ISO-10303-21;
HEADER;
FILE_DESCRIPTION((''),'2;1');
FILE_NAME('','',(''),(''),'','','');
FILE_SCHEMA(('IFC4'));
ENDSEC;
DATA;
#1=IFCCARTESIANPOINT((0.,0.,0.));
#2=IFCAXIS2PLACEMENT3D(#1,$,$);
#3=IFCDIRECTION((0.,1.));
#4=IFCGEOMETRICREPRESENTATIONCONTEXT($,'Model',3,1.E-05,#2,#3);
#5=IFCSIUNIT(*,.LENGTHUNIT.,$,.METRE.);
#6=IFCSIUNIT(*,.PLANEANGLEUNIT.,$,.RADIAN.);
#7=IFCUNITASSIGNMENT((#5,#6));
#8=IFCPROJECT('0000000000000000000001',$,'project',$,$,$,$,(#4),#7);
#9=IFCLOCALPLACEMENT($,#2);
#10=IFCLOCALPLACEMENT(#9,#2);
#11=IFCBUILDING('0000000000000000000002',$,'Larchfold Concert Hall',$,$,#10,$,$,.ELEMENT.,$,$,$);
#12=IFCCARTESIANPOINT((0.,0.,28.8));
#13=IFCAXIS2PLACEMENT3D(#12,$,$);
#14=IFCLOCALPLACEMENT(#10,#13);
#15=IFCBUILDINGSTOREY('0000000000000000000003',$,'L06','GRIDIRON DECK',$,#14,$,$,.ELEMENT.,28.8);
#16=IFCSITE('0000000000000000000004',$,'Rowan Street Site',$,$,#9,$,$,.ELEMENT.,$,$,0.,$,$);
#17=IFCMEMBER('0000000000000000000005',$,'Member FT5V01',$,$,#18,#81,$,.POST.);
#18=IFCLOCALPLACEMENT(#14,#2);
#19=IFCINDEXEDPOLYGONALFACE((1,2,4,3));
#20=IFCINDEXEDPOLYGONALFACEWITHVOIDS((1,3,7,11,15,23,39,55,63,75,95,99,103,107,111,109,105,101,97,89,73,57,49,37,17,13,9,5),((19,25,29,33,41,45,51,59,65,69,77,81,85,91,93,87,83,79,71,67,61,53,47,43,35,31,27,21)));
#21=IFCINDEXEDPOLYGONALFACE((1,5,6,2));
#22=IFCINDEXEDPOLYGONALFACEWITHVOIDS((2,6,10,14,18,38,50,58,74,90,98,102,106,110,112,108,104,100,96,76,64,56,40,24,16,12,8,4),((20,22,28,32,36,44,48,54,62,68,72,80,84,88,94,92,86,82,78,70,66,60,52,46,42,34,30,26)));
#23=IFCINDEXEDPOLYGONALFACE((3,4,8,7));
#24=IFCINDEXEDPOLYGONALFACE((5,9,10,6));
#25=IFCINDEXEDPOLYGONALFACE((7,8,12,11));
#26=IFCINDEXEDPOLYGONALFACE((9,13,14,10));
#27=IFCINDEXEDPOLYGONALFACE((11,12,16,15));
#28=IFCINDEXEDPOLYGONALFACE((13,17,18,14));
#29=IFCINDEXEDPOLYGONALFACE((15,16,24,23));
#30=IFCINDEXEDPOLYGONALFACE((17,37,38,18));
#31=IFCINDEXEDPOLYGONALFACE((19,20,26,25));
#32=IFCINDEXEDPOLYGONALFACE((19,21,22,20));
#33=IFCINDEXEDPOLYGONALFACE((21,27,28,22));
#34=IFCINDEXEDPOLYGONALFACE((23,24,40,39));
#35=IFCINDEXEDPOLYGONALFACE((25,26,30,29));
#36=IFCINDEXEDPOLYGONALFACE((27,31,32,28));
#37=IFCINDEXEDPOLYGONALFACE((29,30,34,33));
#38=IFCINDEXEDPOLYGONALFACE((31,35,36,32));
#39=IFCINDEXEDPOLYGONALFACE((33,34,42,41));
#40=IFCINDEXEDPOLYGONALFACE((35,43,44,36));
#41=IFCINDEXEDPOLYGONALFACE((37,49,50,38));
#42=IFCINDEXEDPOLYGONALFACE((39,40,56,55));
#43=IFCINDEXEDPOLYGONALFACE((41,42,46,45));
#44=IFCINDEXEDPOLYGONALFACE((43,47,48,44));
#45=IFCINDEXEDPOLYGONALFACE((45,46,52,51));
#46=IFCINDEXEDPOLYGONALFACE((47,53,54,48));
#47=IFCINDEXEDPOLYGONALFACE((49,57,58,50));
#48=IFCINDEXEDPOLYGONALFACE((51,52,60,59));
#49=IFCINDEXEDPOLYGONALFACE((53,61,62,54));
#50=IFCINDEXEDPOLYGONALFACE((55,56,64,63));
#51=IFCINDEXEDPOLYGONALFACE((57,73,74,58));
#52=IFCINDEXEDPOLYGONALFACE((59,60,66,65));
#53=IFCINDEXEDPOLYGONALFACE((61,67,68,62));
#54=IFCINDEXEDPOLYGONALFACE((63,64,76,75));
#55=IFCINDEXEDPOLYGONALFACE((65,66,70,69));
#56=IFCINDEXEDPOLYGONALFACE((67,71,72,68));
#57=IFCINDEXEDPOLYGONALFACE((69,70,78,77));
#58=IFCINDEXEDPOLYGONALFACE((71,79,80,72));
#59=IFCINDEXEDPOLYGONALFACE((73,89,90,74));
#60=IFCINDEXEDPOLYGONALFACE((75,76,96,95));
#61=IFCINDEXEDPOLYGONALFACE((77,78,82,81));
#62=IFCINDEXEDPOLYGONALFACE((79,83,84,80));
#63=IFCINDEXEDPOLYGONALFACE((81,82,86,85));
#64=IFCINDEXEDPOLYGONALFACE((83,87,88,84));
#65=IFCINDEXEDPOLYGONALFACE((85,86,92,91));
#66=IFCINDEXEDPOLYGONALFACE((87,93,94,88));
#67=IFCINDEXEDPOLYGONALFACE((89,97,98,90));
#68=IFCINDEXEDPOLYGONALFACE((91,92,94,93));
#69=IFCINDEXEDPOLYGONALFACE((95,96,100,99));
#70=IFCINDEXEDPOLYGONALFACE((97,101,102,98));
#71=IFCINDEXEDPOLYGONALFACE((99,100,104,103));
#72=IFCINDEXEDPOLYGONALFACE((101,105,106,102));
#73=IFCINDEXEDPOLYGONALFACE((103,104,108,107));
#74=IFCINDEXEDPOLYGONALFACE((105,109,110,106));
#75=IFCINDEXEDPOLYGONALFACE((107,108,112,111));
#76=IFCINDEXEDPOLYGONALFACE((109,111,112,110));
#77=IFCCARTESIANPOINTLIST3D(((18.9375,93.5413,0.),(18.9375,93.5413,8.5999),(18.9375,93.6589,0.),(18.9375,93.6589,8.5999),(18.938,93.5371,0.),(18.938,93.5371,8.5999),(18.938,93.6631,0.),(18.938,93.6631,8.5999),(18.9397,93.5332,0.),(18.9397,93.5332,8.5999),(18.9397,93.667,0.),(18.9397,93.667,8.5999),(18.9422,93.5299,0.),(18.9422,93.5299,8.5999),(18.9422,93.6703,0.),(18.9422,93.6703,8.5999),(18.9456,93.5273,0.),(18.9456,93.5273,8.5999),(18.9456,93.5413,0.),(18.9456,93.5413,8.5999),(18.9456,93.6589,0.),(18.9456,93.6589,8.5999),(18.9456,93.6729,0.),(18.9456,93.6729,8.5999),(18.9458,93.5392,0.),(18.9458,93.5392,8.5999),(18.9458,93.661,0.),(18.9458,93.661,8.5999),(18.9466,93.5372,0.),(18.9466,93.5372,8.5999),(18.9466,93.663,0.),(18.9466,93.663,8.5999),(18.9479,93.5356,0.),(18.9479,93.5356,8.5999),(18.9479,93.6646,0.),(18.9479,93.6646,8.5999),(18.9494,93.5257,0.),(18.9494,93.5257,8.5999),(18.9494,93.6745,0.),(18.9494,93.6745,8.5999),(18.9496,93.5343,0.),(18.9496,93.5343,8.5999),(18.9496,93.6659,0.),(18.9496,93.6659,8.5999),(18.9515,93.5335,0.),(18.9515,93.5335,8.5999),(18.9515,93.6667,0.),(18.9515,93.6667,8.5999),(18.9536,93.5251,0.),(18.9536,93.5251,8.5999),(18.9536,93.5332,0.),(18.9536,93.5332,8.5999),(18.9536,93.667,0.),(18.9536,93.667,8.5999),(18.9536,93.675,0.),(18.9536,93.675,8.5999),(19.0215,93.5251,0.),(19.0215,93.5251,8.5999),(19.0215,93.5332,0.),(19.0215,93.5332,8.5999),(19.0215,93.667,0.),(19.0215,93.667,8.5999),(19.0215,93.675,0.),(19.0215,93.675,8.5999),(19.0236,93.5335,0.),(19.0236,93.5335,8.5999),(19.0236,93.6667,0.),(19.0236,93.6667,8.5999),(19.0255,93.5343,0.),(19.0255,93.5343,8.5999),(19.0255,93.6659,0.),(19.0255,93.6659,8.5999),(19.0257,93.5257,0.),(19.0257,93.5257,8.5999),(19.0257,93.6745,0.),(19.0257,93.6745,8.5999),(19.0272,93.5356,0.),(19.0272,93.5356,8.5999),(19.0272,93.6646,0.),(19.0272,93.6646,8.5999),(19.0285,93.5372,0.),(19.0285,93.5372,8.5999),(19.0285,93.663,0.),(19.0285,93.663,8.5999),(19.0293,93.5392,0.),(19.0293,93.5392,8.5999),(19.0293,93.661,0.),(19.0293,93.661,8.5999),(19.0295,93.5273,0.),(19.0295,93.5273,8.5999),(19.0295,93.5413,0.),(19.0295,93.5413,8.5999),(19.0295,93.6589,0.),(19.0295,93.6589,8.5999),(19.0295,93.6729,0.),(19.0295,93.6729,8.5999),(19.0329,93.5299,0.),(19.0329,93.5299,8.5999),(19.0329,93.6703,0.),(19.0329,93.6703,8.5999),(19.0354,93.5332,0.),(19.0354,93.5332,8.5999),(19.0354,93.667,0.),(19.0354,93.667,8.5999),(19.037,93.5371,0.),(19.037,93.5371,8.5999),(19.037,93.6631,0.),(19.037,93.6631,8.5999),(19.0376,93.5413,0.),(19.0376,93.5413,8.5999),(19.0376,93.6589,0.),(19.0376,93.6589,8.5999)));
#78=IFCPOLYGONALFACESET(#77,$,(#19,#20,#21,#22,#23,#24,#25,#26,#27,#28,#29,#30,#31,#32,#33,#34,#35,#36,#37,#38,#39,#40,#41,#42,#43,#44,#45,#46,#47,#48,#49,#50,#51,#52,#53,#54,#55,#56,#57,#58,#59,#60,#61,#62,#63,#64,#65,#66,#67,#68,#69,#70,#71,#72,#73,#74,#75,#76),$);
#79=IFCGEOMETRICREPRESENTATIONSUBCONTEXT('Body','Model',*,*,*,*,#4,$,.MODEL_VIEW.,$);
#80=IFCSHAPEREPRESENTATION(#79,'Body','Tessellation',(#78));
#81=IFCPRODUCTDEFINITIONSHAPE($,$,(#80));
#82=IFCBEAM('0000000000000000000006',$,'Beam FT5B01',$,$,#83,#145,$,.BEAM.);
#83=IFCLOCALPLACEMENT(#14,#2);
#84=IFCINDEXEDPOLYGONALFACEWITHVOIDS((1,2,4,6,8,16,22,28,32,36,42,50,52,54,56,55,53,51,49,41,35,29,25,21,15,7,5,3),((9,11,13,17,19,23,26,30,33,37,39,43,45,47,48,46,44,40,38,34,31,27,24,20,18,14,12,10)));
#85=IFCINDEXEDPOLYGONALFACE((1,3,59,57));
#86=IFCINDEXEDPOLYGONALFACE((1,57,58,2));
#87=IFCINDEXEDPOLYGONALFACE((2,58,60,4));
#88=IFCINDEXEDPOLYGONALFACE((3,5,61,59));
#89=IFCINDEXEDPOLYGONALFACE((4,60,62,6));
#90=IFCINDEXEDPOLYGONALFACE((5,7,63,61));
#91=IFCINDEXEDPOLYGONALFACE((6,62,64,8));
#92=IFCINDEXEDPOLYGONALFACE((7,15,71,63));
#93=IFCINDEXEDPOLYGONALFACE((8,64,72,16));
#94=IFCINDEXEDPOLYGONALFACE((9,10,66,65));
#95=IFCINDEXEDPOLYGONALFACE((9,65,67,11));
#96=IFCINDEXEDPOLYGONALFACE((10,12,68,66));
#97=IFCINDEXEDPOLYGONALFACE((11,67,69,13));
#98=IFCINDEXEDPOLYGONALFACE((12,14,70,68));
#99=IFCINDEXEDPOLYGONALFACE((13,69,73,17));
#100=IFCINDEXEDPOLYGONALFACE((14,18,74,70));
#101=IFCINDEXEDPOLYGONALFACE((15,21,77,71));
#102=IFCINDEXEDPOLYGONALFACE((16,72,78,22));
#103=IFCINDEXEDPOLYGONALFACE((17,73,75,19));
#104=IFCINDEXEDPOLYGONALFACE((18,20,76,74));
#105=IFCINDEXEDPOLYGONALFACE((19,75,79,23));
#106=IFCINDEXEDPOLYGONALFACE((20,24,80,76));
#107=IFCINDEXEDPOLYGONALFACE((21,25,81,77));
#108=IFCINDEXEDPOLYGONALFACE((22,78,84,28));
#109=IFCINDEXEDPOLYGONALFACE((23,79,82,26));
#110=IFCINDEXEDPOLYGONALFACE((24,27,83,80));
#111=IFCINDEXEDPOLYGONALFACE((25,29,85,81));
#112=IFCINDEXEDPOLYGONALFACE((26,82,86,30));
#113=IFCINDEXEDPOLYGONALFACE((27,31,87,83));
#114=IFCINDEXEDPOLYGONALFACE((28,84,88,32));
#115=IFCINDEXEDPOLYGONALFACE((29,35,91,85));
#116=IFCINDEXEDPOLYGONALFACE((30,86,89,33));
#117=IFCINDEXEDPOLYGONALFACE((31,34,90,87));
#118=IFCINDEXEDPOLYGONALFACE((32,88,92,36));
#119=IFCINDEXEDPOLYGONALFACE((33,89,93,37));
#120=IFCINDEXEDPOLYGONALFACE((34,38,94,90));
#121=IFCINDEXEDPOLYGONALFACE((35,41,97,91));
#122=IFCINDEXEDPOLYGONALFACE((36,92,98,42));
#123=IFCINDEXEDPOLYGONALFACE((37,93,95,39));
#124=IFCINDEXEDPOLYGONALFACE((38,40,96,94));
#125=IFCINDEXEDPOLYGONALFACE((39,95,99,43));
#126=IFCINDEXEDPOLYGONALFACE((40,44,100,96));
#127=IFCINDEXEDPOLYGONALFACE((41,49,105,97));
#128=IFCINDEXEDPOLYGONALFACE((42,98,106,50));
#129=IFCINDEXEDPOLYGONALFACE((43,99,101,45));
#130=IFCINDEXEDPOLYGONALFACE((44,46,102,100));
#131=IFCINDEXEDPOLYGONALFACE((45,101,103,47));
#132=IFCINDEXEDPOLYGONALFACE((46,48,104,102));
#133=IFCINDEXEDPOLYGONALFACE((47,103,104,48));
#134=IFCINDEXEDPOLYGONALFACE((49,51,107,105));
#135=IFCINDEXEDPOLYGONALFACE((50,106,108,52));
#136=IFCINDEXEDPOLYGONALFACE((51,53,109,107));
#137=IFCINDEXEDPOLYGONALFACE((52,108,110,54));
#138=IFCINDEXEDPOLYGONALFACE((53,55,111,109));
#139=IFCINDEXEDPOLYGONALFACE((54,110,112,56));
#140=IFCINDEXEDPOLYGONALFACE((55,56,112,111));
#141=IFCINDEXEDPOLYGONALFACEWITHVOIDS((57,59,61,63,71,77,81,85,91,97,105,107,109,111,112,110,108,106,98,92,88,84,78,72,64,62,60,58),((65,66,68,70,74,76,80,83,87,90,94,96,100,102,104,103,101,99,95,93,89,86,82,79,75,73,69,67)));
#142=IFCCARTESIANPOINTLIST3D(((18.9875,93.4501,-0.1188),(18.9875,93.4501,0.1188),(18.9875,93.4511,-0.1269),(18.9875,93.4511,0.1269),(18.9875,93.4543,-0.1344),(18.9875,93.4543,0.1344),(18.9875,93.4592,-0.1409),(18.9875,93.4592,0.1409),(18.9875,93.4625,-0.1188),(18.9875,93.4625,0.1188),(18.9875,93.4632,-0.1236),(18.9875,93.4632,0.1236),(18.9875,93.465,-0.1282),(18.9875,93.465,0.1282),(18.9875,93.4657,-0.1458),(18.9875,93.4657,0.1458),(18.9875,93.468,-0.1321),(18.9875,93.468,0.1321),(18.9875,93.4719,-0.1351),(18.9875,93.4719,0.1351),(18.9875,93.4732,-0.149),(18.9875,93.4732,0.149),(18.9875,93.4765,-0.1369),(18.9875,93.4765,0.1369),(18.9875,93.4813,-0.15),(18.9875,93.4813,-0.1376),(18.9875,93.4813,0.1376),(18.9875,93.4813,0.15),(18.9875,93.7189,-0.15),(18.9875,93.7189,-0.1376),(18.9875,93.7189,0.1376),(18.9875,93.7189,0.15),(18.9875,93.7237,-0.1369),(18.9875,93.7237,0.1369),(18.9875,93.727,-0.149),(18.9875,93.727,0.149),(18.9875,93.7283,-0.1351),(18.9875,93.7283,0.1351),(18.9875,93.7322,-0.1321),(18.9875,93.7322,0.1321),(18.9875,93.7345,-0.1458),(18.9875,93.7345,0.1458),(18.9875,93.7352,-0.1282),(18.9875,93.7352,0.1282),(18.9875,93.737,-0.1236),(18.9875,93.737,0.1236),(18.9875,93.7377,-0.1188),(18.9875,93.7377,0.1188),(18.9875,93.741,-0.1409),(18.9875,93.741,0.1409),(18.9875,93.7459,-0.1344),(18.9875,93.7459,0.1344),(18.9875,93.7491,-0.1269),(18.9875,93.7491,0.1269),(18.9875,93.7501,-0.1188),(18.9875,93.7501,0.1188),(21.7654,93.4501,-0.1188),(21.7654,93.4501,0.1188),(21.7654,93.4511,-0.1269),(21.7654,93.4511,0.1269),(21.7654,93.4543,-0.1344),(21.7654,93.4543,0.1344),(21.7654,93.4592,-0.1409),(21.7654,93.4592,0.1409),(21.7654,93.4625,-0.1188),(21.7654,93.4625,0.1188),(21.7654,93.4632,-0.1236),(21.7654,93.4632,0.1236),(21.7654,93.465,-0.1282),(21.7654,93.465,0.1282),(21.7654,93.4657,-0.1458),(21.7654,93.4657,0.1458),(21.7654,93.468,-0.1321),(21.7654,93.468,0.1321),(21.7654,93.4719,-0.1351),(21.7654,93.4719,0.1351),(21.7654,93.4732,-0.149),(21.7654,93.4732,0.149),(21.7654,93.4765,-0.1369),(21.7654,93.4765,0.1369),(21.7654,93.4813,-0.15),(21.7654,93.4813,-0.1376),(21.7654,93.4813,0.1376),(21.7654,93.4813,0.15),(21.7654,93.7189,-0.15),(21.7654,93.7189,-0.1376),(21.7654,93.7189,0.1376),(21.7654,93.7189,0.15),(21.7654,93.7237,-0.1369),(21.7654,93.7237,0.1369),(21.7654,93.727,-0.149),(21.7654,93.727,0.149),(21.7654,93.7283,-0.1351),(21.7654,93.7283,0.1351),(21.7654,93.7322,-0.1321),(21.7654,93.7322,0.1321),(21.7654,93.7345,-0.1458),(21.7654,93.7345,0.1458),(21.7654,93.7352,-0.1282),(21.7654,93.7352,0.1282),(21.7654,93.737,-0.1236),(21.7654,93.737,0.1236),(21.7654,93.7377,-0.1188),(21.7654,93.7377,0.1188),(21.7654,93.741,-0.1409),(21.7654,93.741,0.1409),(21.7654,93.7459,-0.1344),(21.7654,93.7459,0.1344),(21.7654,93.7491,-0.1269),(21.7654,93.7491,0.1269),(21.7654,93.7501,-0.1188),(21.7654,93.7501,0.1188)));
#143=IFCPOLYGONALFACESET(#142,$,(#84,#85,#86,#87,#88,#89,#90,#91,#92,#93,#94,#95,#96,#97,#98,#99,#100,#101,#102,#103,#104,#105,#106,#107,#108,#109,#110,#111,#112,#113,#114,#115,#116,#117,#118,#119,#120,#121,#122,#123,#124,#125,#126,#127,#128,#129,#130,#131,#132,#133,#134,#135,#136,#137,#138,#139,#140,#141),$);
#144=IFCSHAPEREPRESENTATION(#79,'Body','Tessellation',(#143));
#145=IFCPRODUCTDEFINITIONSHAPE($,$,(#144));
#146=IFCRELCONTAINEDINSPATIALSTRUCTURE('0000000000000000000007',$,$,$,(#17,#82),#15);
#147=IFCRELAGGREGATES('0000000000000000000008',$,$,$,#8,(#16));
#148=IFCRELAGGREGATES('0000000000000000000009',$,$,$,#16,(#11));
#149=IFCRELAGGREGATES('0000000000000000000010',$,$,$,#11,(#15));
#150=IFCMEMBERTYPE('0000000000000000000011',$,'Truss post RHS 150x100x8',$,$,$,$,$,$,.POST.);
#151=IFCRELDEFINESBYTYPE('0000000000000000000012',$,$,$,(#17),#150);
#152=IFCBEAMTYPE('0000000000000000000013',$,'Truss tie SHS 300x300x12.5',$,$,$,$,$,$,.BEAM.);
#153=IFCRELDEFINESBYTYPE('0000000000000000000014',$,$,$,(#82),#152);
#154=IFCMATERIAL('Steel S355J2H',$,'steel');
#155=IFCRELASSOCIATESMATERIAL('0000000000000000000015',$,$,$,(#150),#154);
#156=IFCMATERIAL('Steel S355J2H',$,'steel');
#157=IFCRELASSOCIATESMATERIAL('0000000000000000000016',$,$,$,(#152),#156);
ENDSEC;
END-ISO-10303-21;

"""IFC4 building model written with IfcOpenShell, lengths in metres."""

from ifc_helpers import new_model, si_unit, direction, frame, origin, origin_2d, place, context, subcontext, project, spatial, hollow_rectangle, extrude, material, material_profile, profile_set, type_object, element, save


model = new_model("IFC4")

# Units and contexts
model_context = context("Model", 3, precision=1e-05, world=origin(), true_north=direction((0.0, 1.0)))
body_context = subcontext(model_context, "Body", "Model", "MODEL_VIEW")
ifc_project = project(units=[si_unit("LENGTHUNIT", "METRE"), si_unit("PLANEANGLEUNIT", "RADIAN")], contexts=[model_context])

# Site, building, storey
site_placement = place(None, origin())
site = spatial("IfcSite", under=ifc_project, at=site_placement, Name="Rowan Street Site", CompositionType="ELEMENT", RefElevation=0.0)
building_placement = place(site_placement, origin())
building = spatial("IfcBuilding", under=site, at=building_placement, Name="Larchfold Concert Hall", CompositionType="ELEMENT")
storey_placement = place(building_placement, frame((0.0, 0.0, 28.8)))
storey = spatial("IfcBuildingStorey", under=building, at=storey_placement, Name="L06", Description="GRIDIRON DECK", CompositionType="ELEMENT", Elevation=28.8)

# Member
ifc_material_1 = material(Name="Steel S355J2H", Category="steel")
ifc_material_profile_1 = material_profile(ifc_material_1, hollow_rectangle(XDim=0.1001, YDim=0.1499, WallThickness=0.0081, InnerFilletRadius=0.0081, OuterFilletRadius=0.0161, at=origin_2d()))
ifc_profile_set_1 = profile_set([ifc_material_profile_1], Name="Steel S355J2H")
member_type_1 = type_object("IfcMemberType", Name="Truss post RHS 150x100x8", PredefinedType="POST", material=ifc_profile_set_1)
member_1_placement = place(storey_placement, frame((18.9875, 93.6001, 8.5999), z_axis=(0.0, 0.0, -1.0), x_axis=(1.0, 0.0, 0.0)))
element("IfcMember", 1, at=member_1_placement, inside=storey, type_object=member_type_1, Name="Member FT5V01", PredefinedType="POST", context=body_context, shape_type="SweptSolid", body=[
    extrude(hollow_rectangle(XDim=0.1001, YDim=0.1499, WallThickness=0.0081, InnerFilletRadius=0.0081, OuterFilletRadius=0.0161, at=origin_2d()), origin(), (0.0, 0.0, 1.0), 8.5999),
])

# Beam
ifc_material_2 = material(Name="Steel S355J2H", Category="steel")
ifc_material_profile_2 = material_profile(ifc_material_2, hollow_rectangle(XDim=0.3, YDim=0.3, WallThickness=0.0125, InnerFilletRadius=0.0188, OuterFilletRadius=0.0312, at=origin_2d()))
ifc_profile_set_2 = profile_set([ifc_material_profile_2], Name="Steel S355J2H")
beam_type_1 = type_object("IfcBeamType", Name="Truss tie SHS 300x300x12.5", PredefinedType="BEAM", material=ifc_profile_set_2)
beam_1_placement = place(storey_placement, frame((18.9875, 93.6001, 0.0), z_axis=(1.0, 0.0, 0.0), x_axis=(0.0, 1.0, 0.0)))
element("IfcBeam", 2, at=beam_1_placement, inside=storey, type_object=beam_type_1, Name="Beam FT5B01", PredefinedType="BEAM", context=body_context, shape_type="SweptSolid", body=[
    extrude(hollow_rectangle(XDim=0.3, YDim=0.3, WallThickness=0.0125, InnerFilletRadius=0.0188, OuterFilletRadius=0.0312, at=origin_2d()), origin(), (0.0, 0.0, 1.0), 2.7778),
])

save(model, "model.ifc")
